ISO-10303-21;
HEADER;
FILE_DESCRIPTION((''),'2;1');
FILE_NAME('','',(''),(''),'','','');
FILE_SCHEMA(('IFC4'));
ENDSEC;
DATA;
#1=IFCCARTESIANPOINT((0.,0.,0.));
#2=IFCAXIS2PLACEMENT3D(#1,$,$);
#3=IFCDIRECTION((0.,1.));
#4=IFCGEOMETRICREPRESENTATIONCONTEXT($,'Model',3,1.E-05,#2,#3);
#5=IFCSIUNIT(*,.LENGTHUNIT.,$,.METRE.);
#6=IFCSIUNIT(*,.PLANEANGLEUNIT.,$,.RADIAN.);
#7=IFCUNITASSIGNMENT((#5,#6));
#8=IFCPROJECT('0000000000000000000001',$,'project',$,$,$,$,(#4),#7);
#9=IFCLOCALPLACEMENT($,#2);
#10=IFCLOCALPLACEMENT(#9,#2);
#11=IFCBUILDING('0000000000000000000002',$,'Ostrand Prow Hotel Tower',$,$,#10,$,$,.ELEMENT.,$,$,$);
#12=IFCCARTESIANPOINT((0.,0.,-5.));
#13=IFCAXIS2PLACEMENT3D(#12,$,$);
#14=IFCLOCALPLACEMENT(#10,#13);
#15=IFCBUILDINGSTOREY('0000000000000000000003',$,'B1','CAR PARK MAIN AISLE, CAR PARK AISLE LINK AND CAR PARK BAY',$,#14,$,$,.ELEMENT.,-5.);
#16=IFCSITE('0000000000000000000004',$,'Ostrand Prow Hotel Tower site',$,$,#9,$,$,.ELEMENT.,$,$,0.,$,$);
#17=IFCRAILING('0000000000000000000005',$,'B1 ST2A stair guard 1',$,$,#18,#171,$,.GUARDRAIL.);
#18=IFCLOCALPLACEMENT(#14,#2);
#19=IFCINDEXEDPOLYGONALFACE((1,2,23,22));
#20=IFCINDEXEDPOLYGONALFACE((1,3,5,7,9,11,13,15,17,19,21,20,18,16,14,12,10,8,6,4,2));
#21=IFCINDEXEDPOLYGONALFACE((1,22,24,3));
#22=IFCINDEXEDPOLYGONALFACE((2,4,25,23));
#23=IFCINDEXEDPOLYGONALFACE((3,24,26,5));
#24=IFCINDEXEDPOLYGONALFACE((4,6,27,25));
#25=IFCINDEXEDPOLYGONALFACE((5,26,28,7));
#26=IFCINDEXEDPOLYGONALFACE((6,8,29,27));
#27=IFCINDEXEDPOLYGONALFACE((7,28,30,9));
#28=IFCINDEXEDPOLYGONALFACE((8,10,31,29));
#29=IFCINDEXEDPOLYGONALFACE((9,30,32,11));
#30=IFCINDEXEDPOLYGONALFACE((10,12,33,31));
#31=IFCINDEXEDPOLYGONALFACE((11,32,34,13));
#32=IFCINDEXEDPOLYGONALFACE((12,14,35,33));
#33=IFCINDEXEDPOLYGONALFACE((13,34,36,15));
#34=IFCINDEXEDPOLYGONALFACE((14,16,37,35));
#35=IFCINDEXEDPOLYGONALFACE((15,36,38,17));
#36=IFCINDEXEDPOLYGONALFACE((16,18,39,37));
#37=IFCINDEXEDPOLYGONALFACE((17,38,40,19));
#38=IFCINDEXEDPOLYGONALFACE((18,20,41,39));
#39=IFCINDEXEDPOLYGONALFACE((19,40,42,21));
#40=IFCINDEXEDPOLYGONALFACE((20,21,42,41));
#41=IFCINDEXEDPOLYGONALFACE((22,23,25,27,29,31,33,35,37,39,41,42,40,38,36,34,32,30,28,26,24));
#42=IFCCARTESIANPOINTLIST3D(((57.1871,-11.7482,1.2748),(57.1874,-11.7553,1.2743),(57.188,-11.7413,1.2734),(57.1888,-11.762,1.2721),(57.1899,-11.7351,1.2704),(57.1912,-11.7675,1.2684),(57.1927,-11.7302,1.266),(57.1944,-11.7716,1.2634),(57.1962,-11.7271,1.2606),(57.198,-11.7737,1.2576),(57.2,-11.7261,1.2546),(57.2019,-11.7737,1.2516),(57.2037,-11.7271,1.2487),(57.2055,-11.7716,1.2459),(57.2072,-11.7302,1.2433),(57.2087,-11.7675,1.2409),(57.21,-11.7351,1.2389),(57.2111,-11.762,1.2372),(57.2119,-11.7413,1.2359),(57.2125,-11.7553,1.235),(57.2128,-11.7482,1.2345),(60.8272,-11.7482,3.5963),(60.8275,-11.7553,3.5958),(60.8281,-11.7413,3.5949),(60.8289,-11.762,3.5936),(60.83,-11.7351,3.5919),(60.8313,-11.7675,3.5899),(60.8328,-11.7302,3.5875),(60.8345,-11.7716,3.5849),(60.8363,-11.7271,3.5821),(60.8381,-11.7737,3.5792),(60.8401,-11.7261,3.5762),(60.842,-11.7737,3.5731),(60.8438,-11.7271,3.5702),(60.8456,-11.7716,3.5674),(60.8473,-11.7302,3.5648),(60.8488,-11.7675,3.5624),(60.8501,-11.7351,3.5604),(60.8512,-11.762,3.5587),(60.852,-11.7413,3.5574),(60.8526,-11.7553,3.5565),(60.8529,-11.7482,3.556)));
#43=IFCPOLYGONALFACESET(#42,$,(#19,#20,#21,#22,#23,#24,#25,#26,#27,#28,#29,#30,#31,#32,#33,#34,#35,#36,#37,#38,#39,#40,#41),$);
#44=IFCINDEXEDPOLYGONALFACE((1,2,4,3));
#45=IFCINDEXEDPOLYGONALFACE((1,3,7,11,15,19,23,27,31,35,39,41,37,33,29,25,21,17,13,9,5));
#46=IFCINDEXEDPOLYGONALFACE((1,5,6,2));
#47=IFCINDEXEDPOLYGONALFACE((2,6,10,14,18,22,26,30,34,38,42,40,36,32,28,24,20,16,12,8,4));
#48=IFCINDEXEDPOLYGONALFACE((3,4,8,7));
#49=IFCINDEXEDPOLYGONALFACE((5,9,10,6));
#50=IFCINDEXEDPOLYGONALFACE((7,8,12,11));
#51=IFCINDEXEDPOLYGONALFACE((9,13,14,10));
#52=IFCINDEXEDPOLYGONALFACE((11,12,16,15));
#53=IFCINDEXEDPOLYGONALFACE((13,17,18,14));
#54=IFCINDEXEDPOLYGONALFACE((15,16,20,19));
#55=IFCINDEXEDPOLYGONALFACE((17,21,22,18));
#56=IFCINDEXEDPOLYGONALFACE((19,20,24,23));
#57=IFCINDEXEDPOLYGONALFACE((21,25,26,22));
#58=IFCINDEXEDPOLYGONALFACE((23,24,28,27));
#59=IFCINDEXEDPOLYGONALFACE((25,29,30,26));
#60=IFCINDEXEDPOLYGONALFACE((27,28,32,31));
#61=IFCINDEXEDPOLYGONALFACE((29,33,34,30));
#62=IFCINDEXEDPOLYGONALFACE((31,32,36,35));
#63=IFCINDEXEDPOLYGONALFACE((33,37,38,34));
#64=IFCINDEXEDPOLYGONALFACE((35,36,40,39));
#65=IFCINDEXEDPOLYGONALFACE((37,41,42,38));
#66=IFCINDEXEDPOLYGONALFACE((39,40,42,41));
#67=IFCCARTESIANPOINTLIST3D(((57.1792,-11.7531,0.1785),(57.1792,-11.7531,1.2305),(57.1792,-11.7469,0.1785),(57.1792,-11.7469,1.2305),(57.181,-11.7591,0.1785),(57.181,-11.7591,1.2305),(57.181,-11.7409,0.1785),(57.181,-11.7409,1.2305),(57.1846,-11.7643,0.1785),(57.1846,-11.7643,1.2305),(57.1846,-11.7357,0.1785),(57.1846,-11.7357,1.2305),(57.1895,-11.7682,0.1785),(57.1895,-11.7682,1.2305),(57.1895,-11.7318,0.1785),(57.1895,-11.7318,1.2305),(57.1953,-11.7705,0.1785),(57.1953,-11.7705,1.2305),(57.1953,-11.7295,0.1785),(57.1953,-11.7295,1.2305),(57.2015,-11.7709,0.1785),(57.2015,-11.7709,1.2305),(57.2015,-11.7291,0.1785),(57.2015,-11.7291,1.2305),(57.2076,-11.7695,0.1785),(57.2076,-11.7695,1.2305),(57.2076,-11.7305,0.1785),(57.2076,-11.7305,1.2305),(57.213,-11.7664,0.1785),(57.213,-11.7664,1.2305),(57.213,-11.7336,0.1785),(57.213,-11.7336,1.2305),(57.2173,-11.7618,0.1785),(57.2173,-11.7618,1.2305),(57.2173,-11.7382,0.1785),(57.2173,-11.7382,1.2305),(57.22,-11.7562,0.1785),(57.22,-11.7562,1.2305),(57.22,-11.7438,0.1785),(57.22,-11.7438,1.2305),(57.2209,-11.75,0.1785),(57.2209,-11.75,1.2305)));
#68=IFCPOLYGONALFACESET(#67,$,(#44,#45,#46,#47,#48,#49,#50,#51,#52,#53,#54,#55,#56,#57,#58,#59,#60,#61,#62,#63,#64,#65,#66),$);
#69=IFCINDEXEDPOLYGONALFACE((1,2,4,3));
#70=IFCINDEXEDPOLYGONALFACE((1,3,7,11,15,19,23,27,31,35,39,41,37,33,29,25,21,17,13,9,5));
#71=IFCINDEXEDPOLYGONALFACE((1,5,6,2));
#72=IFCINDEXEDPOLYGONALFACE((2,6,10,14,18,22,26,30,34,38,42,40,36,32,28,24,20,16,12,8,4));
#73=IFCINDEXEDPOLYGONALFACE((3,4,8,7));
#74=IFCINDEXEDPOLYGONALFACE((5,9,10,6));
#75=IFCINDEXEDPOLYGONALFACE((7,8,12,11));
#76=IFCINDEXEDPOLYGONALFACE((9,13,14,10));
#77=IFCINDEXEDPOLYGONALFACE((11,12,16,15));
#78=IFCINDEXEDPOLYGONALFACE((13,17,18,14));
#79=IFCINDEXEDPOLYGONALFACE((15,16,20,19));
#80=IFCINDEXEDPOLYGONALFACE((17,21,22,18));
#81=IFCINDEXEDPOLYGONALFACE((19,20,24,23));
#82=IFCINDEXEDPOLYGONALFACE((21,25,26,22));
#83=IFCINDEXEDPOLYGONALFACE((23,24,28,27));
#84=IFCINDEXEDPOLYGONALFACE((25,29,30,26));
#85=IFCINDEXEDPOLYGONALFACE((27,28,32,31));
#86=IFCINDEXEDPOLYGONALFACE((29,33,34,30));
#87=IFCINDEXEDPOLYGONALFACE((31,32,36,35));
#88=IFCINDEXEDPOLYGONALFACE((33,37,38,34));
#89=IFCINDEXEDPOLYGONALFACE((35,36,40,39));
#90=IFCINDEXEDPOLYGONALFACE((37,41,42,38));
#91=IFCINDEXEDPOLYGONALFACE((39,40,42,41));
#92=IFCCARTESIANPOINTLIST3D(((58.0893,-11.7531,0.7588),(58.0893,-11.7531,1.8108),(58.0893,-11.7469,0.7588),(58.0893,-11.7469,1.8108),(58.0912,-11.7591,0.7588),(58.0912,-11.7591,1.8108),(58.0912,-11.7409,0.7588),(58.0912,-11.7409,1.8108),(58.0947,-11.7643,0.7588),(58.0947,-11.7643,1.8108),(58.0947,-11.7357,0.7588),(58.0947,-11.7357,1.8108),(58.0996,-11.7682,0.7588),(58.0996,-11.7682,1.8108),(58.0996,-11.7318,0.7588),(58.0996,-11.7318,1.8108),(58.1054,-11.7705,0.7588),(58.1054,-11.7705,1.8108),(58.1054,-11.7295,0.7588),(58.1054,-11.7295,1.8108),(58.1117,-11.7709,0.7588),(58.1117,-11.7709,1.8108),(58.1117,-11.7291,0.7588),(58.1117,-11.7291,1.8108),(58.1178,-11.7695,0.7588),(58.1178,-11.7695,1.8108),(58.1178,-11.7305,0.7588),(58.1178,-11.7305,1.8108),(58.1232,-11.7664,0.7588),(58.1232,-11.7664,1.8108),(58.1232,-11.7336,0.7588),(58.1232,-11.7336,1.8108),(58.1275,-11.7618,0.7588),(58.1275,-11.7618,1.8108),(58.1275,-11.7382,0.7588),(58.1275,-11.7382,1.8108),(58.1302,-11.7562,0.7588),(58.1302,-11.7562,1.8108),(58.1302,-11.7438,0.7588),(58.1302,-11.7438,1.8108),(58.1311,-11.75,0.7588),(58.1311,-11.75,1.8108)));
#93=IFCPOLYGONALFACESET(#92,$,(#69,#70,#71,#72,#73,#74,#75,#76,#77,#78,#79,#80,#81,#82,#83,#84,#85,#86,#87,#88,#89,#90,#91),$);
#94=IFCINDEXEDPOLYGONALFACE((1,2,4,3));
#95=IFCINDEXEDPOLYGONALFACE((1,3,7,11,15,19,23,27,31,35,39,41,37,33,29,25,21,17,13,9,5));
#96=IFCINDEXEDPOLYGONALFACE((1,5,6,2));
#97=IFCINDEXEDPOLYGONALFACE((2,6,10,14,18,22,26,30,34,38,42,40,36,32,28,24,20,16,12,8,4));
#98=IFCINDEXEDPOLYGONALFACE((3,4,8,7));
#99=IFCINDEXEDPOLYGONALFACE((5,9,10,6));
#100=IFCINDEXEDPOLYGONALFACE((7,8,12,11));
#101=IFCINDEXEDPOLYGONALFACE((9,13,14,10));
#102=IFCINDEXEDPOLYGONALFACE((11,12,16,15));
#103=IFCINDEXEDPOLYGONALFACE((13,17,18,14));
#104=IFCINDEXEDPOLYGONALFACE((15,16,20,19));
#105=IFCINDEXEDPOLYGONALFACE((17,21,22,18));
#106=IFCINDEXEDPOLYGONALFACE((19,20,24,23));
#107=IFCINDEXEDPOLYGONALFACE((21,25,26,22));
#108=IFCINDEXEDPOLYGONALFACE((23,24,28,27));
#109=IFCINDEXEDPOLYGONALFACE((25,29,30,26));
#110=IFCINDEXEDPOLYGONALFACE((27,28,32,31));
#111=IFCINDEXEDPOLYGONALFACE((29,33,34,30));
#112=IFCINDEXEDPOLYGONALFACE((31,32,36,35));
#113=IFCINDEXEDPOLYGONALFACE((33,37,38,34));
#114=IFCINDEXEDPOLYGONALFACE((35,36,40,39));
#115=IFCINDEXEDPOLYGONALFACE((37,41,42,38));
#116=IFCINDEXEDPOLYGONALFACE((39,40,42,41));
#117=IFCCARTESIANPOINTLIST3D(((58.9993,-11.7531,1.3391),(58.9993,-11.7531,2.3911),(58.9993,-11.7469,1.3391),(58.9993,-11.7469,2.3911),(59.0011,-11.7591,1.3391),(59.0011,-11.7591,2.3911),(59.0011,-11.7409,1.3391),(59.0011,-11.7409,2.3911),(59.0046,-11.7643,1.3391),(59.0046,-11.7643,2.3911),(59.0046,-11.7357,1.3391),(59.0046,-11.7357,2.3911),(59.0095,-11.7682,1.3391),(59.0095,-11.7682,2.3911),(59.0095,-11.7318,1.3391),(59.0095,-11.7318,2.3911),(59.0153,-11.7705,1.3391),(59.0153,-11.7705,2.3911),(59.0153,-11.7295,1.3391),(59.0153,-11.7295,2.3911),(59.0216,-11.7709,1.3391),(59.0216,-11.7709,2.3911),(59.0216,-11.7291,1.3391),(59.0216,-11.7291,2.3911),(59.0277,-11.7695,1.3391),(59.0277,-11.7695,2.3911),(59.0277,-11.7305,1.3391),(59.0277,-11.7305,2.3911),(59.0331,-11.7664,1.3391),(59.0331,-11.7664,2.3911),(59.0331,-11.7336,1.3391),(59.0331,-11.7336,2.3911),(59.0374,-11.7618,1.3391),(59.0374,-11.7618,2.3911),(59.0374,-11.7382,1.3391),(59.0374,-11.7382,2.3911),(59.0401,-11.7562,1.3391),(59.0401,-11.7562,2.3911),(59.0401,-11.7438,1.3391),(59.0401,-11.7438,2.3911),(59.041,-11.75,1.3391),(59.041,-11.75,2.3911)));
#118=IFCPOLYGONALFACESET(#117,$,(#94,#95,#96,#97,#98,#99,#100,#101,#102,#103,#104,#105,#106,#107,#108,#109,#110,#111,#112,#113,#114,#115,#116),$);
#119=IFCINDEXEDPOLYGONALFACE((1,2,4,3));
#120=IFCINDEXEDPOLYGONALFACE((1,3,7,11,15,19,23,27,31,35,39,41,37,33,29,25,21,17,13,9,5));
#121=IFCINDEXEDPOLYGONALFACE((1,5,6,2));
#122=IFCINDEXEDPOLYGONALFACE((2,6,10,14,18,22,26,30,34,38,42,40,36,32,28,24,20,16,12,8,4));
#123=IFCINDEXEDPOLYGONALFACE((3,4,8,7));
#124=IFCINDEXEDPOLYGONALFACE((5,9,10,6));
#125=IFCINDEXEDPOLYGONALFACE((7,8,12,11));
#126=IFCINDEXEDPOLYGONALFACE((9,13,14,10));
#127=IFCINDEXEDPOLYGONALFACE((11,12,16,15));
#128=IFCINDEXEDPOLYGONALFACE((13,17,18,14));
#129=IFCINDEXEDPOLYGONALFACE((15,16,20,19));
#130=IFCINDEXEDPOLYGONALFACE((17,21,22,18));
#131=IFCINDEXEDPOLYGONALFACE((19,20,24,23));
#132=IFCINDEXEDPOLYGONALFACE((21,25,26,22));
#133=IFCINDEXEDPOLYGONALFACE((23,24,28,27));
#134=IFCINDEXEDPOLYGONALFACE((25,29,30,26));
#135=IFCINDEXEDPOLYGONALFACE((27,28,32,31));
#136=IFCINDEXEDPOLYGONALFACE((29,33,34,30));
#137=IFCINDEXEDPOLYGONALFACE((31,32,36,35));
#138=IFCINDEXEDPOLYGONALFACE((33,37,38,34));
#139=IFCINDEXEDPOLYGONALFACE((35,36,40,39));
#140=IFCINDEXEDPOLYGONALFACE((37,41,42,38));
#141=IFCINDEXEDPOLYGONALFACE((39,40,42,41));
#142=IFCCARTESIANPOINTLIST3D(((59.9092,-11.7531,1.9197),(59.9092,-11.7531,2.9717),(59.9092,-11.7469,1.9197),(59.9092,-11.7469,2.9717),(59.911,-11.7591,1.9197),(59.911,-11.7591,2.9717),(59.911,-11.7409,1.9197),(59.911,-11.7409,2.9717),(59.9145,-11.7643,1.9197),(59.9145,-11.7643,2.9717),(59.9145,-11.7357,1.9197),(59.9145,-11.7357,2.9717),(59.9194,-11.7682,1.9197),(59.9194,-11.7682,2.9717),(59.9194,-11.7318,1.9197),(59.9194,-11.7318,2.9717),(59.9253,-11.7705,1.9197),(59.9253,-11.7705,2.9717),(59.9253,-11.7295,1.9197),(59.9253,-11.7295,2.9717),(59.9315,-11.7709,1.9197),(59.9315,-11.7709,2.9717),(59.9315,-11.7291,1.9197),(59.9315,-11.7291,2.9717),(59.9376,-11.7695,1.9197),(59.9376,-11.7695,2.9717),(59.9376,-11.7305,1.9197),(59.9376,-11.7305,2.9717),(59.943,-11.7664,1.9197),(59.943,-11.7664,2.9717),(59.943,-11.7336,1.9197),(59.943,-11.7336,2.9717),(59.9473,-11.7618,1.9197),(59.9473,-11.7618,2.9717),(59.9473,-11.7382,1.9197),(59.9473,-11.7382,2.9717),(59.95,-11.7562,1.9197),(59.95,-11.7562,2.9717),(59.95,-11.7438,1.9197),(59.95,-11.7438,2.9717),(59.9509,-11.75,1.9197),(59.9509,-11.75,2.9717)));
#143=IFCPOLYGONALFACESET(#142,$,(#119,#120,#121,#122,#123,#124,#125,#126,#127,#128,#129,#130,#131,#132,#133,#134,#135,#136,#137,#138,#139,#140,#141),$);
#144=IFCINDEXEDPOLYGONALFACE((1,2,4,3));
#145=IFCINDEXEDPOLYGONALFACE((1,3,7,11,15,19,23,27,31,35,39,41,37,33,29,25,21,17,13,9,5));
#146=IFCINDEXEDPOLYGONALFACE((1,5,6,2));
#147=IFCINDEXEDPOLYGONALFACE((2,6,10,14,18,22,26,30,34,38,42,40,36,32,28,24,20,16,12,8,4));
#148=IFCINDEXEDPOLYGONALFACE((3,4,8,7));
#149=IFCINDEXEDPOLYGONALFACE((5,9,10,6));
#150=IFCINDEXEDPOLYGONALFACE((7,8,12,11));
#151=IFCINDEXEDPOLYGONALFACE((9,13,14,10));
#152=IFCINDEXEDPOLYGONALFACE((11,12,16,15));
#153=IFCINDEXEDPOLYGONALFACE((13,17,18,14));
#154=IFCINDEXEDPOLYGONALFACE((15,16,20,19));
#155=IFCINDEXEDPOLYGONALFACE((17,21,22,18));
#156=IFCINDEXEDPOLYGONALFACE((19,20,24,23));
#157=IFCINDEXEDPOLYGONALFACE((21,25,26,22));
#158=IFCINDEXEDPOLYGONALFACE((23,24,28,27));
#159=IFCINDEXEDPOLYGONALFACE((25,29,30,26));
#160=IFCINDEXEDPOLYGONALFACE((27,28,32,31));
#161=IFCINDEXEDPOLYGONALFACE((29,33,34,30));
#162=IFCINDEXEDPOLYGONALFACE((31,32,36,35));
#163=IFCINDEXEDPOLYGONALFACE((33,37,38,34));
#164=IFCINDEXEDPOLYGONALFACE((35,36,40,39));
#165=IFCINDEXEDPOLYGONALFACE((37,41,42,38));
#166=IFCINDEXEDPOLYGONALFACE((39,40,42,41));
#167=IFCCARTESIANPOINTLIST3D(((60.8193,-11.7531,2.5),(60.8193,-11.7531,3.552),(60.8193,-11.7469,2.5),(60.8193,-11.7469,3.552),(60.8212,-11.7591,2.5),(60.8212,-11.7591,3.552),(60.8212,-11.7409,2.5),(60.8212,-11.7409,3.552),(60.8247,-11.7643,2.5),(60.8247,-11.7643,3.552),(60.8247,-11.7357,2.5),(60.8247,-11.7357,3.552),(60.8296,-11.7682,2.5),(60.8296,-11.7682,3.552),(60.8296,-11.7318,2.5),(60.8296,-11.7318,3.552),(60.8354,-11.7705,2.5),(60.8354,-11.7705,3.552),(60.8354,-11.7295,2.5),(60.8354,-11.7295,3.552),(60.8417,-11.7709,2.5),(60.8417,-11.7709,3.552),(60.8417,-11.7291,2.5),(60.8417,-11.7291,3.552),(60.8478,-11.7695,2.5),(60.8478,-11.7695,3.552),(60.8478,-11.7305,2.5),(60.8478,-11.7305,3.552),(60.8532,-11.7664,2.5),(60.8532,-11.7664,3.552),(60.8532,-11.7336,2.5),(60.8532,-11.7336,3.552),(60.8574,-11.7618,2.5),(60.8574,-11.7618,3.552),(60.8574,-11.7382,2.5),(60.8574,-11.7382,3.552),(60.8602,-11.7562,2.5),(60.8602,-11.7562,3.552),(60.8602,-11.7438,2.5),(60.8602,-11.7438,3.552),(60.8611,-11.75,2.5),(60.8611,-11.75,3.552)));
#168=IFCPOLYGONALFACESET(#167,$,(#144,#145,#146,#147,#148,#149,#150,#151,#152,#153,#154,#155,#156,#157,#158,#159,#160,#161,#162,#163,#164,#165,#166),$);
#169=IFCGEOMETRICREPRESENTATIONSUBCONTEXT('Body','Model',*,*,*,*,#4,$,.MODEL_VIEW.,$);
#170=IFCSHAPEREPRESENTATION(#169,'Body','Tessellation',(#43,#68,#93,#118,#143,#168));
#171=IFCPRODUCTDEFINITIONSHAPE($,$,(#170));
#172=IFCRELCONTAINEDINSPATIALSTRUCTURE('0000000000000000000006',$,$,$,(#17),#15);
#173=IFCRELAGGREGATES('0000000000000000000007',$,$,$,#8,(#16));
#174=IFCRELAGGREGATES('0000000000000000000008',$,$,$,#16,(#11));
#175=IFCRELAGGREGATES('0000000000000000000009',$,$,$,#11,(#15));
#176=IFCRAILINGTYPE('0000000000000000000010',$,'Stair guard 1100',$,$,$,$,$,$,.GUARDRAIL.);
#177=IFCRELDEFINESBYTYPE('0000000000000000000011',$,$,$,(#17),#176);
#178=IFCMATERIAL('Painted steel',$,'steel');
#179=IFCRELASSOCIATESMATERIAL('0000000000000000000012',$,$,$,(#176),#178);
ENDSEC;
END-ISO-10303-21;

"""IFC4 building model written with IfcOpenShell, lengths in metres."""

from ifc_helpers import new_model, si_unit, direction, frame, origin, origin_2d, place, context, subcontext, project, spatial, circle, extrude, material, type_object, element, save


model = new_model("IFC4")

# Units and contexts
model_context = context("Model", 3, precision=1e-05, world=origin(), true_north=direction((0.0, 1.0)))
body_context = subcontext(model_context, "Body", "Model", "MODEL_VIEW")
ifc_project = project(units=[si_unit("LENGTHUNIT", "METRE"), si_unit("PLANEANGLEUNIT", "RADIAN")], contexts=[model_context])

# Site, building, storey
site_placement = place(None, origin())
site = spatial("IfcSite", under=ifc_project, at=site_placement, Name="Ostrand Prow Hotel Tower site", CompositionType="ELEMENT", RefElevation=0.0)
building_placement = place(site_placement, origin())
building = spatial("IfcBuilding", under=site, at=building_placement, Name="Ostrand Prow Hotel Tower", CompositionType="ELEMENT")
storey_placement = place(building_placement, frame((0.0, 0.0, -5.0)))
storey = spatial("IfcBuildingStorey", under=building, at=storey_placement, Name="B1", Description="CAR PARK MAIN AISLE, CAR PARK AISLE LINK AND CAR PARK BAY", CompositionType="ELEMENT", Elevation=-5.0)

# Railing
ifc_material_1 = material(Name="Painted steel", Category="steel")
railing_type_1 = type_object("IfcRailingType", Name="Stair guard 1100", PredefinedType="GUARDRAIL", material=ifc_material_1)
railing_1_placement = place(storey_placement, frame((57.2, -11.75, 0.1785)))
element("IfcRailing", 1, at=railing_1_placement, inside=storey, type_object=railing_type_1, Name="B1 ST2A stair guard 1", PredefinedType="GUARDRAIL", context=body_context, shape_type="SweptSolid", body=[
    extrude(circle(Radius=0.0239, at=origin_2d()), frame((0.0, 0.0, 1.0762), z_axis=(0.843128, 0.0, 0.537713), x_axis=(0.0, 1.0, 0.0)), (0.0, 0.0, 1.0), 4.3174),
    extrude(circle(Radius=0.021, at=origin_2d()), origin(), (0.0, 0.0, 1.0), 1.052),
    extrude(circle(Radius=0.021, at=origin_2d()), frame((0.9102, 0.0, 0.5803)), (0.0, 0.0, 1.0), 1.052),
    extrude(circle(Radius=0.021, at=origin_2d()), frame((1.8201, 0.0, 1.1606)), (0.0, 0.0, 1.0), 1.052),
    extrude(circle(Radius=0.021, at=origin_2d()), frame((2.73, 0.0, 1.7412)), (0.0, 0.0, 1.0), 1.052),
    extrude(circle(Radius=0.021, at=origin_2d()), frame((3.6401, 0.0, 2.3215)), (0.0, 0.0, 1.0), 1.052),
])

save(model, "model.ifc")
